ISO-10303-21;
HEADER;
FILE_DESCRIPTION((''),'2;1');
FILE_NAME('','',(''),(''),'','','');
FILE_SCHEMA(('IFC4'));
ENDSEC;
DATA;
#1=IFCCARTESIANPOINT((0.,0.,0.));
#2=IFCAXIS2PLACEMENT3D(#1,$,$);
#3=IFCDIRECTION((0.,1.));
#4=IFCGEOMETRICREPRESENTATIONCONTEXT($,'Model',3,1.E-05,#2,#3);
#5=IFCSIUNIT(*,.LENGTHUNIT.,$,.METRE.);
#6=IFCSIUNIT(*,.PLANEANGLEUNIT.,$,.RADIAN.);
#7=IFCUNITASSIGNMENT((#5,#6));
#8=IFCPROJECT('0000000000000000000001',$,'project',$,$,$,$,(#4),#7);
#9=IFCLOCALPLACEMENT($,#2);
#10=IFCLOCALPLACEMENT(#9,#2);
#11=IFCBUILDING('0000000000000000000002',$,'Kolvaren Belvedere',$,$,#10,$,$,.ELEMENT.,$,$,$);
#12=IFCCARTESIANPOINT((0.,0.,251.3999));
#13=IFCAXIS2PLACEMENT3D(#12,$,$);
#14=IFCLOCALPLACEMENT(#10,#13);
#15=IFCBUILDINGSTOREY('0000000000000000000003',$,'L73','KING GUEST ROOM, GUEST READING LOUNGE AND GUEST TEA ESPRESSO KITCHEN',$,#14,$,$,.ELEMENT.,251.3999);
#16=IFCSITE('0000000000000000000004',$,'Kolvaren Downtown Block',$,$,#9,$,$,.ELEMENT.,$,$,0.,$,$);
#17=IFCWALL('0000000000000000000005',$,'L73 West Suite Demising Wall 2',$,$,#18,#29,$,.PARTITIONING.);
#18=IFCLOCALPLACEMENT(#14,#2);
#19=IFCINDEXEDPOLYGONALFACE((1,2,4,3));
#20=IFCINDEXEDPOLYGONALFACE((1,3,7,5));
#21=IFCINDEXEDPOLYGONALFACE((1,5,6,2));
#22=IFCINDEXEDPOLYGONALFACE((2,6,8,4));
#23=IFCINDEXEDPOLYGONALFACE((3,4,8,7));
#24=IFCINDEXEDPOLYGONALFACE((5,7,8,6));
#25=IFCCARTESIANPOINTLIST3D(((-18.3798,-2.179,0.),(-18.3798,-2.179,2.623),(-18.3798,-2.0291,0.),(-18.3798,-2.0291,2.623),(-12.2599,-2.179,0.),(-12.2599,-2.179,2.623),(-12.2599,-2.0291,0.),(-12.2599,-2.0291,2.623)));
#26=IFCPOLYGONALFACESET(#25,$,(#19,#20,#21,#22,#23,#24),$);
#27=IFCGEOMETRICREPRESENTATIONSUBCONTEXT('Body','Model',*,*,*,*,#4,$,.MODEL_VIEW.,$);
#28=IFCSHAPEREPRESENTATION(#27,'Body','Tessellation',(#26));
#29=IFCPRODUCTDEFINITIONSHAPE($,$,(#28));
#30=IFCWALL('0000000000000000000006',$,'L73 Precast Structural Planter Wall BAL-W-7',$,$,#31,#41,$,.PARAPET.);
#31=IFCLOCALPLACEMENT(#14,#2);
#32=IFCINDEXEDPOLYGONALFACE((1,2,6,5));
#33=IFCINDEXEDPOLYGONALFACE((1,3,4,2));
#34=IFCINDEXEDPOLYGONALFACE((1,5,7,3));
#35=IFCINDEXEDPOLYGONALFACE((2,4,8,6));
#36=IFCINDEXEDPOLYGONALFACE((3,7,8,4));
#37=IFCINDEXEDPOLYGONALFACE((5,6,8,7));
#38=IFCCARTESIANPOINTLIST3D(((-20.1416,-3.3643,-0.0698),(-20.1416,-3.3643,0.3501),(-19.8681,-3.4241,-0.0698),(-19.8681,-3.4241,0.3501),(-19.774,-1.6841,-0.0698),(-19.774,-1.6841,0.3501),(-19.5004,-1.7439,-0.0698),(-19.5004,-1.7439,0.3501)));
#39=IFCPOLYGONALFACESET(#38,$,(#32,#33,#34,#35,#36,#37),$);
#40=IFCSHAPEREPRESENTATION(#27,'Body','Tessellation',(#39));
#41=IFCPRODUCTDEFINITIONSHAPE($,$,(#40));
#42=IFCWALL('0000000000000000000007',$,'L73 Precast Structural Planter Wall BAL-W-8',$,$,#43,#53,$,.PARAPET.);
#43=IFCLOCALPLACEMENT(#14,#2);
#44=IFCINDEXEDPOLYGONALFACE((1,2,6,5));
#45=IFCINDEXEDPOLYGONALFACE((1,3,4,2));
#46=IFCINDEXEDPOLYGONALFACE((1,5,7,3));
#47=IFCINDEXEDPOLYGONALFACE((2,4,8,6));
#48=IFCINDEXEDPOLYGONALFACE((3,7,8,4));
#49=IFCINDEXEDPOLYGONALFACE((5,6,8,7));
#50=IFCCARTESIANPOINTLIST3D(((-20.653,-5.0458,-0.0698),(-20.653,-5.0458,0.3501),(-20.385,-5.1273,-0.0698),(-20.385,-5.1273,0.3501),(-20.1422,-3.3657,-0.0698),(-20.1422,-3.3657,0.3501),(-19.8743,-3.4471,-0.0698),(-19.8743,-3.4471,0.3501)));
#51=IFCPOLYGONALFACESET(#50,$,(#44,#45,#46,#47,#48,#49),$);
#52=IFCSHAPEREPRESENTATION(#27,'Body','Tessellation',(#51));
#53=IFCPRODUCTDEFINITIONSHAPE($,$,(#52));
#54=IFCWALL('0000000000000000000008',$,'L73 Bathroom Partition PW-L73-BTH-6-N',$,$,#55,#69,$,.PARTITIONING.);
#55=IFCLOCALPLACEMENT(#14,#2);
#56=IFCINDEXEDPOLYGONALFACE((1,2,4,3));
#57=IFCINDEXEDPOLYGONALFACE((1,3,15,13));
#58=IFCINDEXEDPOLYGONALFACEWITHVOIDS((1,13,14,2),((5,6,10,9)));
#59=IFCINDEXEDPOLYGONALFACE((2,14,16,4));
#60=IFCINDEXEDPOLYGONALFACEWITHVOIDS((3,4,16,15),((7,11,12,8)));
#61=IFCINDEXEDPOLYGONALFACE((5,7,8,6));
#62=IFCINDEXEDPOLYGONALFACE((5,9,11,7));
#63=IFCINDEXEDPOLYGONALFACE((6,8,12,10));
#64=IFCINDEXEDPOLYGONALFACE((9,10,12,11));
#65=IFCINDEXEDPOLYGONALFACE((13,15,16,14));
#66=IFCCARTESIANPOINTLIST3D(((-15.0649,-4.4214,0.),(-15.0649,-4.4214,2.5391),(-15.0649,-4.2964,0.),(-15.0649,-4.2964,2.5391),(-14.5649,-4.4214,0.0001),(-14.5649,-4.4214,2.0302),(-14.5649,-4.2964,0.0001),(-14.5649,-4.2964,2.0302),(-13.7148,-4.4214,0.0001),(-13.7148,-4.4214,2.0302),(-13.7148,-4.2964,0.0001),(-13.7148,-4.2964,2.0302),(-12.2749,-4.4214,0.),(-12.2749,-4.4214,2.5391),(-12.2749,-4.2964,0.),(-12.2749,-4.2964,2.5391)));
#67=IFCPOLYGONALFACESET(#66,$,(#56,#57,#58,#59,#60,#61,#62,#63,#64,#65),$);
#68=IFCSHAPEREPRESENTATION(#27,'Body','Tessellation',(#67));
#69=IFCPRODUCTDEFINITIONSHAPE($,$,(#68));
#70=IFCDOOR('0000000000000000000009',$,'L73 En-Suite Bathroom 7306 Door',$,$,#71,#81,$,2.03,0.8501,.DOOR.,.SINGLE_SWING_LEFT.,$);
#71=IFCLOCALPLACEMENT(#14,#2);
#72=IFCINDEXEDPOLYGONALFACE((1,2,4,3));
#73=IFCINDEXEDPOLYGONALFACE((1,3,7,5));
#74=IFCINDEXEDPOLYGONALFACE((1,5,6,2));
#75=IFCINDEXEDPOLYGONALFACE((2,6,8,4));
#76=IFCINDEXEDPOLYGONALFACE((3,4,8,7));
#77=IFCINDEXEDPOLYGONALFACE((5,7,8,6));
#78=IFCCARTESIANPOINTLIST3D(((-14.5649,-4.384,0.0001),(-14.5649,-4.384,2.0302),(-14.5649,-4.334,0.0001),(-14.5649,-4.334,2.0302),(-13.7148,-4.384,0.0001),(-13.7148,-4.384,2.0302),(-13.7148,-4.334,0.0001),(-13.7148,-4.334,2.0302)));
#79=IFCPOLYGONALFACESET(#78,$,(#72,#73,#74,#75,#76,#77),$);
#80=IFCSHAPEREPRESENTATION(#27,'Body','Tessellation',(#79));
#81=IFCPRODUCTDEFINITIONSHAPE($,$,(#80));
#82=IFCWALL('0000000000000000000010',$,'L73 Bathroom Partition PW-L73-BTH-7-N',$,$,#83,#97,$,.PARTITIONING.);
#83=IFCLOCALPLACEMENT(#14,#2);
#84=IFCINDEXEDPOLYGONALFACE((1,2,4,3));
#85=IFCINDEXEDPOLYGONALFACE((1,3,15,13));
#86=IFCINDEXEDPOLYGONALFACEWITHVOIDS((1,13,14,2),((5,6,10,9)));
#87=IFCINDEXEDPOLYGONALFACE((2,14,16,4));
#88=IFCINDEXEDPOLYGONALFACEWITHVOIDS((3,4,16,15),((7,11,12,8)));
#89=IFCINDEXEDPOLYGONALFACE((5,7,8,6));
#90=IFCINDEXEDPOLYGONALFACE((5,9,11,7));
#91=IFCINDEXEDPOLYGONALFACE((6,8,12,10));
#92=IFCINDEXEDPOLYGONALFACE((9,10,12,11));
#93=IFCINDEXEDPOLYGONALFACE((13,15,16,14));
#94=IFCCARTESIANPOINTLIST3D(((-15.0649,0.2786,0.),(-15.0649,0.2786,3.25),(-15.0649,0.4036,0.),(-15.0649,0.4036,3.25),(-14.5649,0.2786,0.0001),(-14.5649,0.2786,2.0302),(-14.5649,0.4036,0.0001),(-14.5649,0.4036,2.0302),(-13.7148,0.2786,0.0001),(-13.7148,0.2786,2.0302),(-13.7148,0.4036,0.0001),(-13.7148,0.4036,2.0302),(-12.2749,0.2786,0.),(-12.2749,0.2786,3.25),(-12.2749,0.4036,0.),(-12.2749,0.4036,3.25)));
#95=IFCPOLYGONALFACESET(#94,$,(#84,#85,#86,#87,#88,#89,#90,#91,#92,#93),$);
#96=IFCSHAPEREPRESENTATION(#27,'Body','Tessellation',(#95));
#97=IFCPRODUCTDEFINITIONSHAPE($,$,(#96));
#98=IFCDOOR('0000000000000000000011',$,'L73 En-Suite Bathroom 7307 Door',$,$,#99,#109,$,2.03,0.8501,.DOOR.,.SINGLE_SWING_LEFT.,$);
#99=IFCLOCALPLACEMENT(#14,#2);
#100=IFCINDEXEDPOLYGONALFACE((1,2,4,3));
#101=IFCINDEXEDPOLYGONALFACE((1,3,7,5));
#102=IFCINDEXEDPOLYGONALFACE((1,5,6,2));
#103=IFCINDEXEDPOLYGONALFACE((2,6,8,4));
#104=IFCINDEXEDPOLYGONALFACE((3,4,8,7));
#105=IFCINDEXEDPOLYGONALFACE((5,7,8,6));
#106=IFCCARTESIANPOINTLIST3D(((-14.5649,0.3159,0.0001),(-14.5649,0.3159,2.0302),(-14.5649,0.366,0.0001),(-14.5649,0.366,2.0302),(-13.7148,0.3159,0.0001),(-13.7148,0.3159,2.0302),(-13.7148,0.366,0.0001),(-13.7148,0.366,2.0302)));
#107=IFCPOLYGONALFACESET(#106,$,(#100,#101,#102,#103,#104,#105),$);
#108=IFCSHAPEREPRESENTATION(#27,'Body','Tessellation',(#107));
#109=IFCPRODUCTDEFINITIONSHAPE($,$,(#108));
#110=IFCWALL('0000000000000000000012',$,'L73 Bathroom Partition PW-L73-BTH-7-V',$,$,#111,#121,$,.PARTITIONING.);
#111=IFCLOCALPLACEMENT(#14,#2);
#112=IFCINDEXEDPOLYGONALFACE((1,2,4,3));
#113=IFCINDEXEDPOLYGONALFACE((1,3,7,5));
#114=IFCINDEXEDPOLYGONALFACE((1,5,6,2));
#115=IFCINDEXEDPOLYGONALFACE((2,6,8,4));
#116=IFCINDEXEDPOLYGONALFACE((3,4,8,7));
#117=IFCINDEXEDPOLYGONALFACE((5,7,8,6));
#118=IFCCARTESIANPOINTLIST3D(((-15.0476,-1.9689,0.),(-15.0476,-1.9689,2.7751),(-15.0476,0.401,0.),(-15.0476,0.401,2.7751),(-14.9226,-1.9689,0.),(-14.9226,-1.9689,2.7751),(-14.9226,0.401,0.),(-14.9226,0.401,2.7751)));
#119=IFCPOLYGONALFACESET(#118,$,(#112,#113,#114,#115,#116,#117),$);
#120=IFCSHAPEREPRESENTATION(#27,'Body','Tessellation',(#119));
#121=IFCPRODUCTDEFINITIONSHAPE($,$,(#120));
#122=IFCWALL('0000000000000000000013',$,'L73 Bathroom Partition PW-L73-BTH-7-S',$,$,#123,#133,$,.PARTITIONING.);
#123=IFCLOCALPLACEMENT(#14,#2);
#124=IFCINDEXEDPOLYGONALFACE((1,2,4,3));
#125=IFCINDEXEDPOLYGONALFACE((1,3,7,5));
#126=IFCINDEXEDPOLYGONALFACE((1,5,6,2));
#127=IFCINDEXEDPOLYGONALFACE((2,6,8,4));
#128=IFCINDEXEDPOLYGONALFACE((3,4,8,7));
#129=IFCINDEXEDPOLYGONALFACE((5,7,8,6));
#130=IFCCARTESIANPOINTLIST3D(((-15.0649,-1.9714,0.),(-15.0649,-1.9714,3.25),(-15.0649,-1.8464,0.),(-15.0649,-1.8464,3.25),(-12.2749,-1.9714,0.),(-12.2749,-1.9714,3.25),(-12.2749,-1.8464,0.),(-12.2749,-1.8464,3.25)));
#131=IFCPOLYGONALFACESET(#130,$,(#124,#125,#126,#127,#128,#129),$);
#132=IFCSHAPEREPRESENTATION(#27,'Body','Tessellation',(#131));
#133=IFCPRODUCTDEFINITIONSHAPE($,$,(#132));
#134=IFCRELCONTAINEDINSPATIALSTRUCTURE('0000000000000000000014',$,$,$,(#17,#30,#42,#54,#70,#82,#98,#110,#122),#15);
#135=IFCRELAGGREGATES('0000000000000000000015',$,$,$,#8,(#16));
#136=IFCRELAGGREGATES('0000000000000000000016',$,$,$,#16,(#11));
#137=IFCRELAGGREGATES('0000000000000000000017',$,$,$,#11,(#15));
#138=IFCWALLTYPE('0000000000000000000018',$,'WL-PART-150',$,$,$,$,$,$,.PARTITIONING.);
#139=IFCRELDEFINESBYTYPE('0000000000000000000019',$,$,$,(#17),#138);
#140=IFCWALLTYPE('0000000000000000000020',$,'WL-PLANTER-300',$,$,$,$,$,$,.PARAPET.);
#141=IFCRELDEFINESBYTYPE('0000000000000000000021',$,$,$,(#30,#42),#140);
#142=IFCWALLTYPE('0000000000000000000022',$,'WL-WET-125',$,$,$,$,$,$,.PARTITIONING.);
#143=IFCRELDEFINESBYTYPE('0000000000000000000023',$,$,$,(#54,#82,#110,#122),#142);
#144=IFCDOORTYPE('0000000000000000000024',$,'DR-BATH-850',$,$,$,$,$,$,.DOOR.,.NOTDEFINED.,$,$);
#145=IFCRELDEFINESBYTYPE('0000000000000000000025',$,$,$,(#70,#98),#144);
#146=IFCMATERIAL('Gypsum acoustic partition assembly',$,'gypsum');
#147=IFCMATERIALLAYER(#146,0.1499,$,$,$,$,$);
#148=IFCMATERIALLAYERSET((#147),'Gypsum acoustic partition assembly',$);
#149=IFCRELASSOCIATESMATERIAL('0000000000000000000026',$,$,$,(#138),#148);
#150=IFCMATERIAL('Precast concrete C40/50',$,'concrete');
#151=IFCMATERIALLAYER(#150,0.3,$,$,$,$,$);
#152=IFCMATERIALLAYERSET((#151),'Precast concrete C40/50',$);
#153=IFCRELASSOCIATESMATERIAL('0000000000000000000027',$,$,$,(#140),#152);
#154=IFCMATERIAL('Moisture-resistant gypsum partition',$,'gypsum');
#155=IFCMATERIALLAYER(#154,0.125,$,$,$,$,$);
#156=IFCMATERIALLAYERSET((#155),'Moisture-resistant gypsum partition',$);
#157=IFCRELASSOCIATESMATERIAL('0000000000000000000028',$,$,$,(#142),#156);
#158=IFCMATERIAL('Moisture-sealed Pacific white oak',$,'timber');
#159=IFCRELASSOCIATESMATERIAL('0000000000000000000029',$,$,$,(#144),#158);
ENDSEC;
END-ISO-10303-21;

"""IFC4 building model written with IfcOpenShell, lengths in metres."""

from ifc_helpers import new_model, si_unit, direction, frame, frame_2d, origin, place, context, subcontext, project, spatial, rectangle, extrude, material, layer, layer_set, type_object, element, fill, save


model = new_model("IFC4")

# Units and contexts
model_context = context("Model", 3, precision=1e-05, world=origin(), true_north=direction((0.0, 1.0)))
body_context = subcontext(model_context, "Body", "Model", "MODEL_VIEW")
ifc_project = project(units=[si_unit("LENGTHUNIT", "METRE"), si_unit("PLANEANGLEUNIT", "RADIAN")], contexts=[model_context])

# Site, building, storey
site_placement = place(None, origin())
site = spatial("IfcSite", under=ifc_project, at=site_placement, Name="Kolvaren Downtown Block", CompositionType="ELEMENT", RefElevation=0.0)
building_placement = place(site_placement, origin())
building = spatial("IfcBuilding", under=site, at=building_placement, Name="Kolvaren Belvedere", CompositionType="ELEMENT")
storey_placement = place(building_placement, frame((0.0, 0.0, 251.3999)))
storey = spatial("IfcBuildingStorey", under=building, at=storey_placement, Name="L73", Description="KING GUEST ROOM, GUEST READING LOUNGE AND GUEST TEA ESPRESSO KITCHEN", CompositionType="ELEMENT", Elevation=251.3999)

# Walls
ifc_material_1 = material(Name="Gypsum acoustic partition assembly", Category="gypsum")
ifc_layer_1 = layer(ifc_material_1, 0.1499)
ifc_layer_set_1 = layer_set([ifc_layer_1], Name="Gypsum acoustic partition assembly")
wall_type_1 = type_object("IfcWallType", Name="WL-PART-150", PredefinedType="PARTITIONING", material=ifc_layer_set_1)
wall_1_placement = place(storey_placement, frame((-18.3799, -2.104, 0.0), z_axis=(0.0, 0.0, 1.0), x_axis=(1.0, 0.0, 0.0)))
element("IfcWall", 1, at=wall_1_placement, inside=storey, type_object=wall_type_1, Name="L73 West Suite Demising Wall 2", PredefinedType="PARTITIONING", context=body_context, shape_type="SweptSolid", body=[
    extrude(rectangle(XDim=6.1199, YDim=0.1499, at=frame_2d((3.0601, 0.0))), origin(), (0.0, 0.0, 1.0), 2.623),
])
ifc_material_2 = material(Name="Precast concrete C40/50", Category="concrete")
ifc_layer_2 = layer(ifc_material_2, 0.3)
ifc_layer_set_2 = layer_set([ifc_layer_2], Name="Precast concrete C40/50")
wall_type_2 = type_object("IfcWallType", Name="WL-PLANTER-300", PredefinedType="PARAPET", material=ifc_layer_set_2)
wall_2_placement = place(storey_placement, frame((-19.6372, -1.7141, -0.0698), z_axis=(0.0, 0.0, 1.0), x_axis=(-0.213773, -0.976883, 0.0)))
element("IfcWall", 2, at=wall_2_placement, inside=storey, type_object=wall_type_2, Name="L73 Precast Structural Planter Wall BAL-W-7", PredefinedType="PARAPET", context=body_context, shape_type="SweptSolid", body=[
    extrude(rectangle(XDim=1.72, YDim=0.28, at=frame_2d((0.8599, 0.0))), origin(), (0.0, 0.0, 1.0), 0.4199),
])
wall_3_placement = place(storey_placement, frame((-20.0083, -3.4065, -0.0698), z_axis=(0.0, 0.0, 1.0), x_axis=(-0.290841, -0.956771, 0.0)))
element("IfcWall", 3, at=wall_3_placement, inside=storey, type_object=wall_type_2, Name="L73 Precast Structural Planter Wall BAL-W-8", PredefinedType="PARAPET", context=body_context, shape_type="SweptSolid", body=[
    extrude(rectangle(XDim=1.7561, YDim=0.28, at=frame_2d((0.8779, 0.0))), origin(), (0.0, 0.0, 1.0), 0.4199),
])

# Walls, openings, doors
ifc_material_3 = material(Name="Moisture-resistant gypsum partition", Category="gypsum")
ifc_layer_3 = layer(ifc_material_3, 0.125)
ifc_layer_set_3 = layer_set([ifc_layer_3], Name="Moisture-resistant gypsum partition")
wall_type_3 = type_object("IfcWallType", Name="WL-WET-125", PredefinedType="PARTITIONING", material=ifc_layer_set_3)
wall_4_placement = place(storey_placement, frame((-15.0649, -4.3589, 0.0), z_axis=(0.0, 0.0, 1.0), x_axis=(1.0, 0.0, 0.0)))
wall_4 = element("IfcWall", 4, at=wall_4_placement, inside=storey, type_object=wall_type_3, Name="L73 Bathroom Partition PW-L73-BTH-6-N", PredefinedType="PARTITIONING", context=body_context, shape_type="SweptSolid", body=[
    extrude(rectangle(XDim=2.79, YDim=0.125, at=frame_2d((1.395, 0.0))), origin(), (0.0, 0.0, 1.0), 2.5391),
])
opening_1_placement = place(wall_4_placement, frame((0.5, 0.0, 0.0)))
opening_1 = element("IfcOpeningElement", 5, at=opening_1_placement, cuts=wall_4, PredefinedType="OPENING", context=body_context, shape_type="SweptSolid", body=[
    extrude(rectangle(XDim=0.8501, YDim=2.03, at=frame_2d((0.425, 1.0151))), frame((0.0, 0.0725, 0.0), z_axis=(0.0, -1.0, 0.0), x_axis=(1.0, 0.0, 0.0)), (0.0, 0.0, 1.0), 0.145),
])
ifc_material_4 = material(Name="Moisture-sealed Pacific white oak", Category="timber")
door_type_1 = type_object("IfcDoorType", Name="DR-BATH-850", OperationType="NOTDEFINED", PredefinedType="DOOR", material=ifc_material_4)
door_1_placement = place(opening_1_placement, origin())
door_1 = element("IfcDoor", 6, at=door_1_placement, inside=storey, type_object=door_type_1, Name="L73 En-Suite Bathroom 7306 Door", OperationType="SINGLE_SWING_LEFT", OverallHeight=2.03, OverallWidth=0.8501, PredefinedType="DOOR", context=body_context, shape_type="SweptSolid", body=[
    extrude(rectangle(XDim=0.8501, YDim=2.03, at=frame_2d((0.425, 1.0151))), frame((0.0, 0.0249, 0.0), z_axis=(0.0, -1.0, 0.0), x_axis=(1.0, 0.0, 0.0)), (0.0, 0.0, 1.0), 0.05),
])
fill(opening_1, door_1)
wall_5_placement = place(storey_placement, frame((-15.0649, 0.3411, 0.0), z_axis=(0.0, 0.0, 1.0), x_axis=(1.0, 0.0, 0.0)))
wall_5 = element("IfcWall", 7, at=wall_5_placement, inside=storey, type_object=wall_type_3, Name="L73 Bathroom Partition PW-L73-BTH-7-N", PredefinedType="PARTITIONING", context=body_context, shape_type="SweptSolid", body=[
    extrude(rectangle(XDim=2.79, YDim=0.125, at=frame_2d((1.395, 0.0))), origin(), (0.0, 0.0, 1.0), 3.25),
])
opening_2_placement = place(wall_5_placement, frame((0.5, 0.0, 0.0)))
opening_2 = element("IfcOpeningElement", 8, at=opening_2_placement, cuts=wall_5, PredefinedType="OPENING", context=body_context, shape_type="SweptSolid", body=[
    extrude(rectangle(XDim=0.8501, YDim=2.03, at=frame_2d((0.425, 1.0151))), frame((0.0, 0.0725, 0.0), z_axis=(0.0, -1.0, 0.0), x_axis=(1.0, 0.0, 0.0)), (0.0, 0.0, 1.0), 0.145),
])
door_2_placement = place(opening_2_placement, origin())
door_2 = element("IfcDoor", 9, at=door_2_placement, inside=storey, type_object=door_type_1, Name="L73 En-Suite Bathroom 7307 Door", OperationType="SINGLE_SWING_LEFT", OverallHeight=2.03, OverallWidth=0.8501, PredefinedType="DOOR", context=body_context, shape_type="SweptSolid", body=[
    extrude(rectangle(XDim=0.8501, YDim=2.03, at=frame_2d((0.425, 1.0151))), frame((0.0, 0.0249, 0.0), z_axis=(0.0, -1.0, 0.0), x_axis=(1.0, 0.0, 0.0)), (0.0, 0.0, 1.0), 0.05),
])
fill(opening_2, door_2)

# Walls
wall_6_placement = place(storey_placement, frame((-14.9851, -1.969, 0.0), z_axis=(0.0, 0.0, 1.0), x_axis=(0.0, 1.0, 0.0)))
element("IfcWall", 10, at=wall_6_placement, inside=storey, type_object=wall_type_3, Name="L73 Bathroom Partition PW-L73-BTH-7-V", PredefinedType="PARTITIONING", context=body_context, shape_type="SweptSolid", body=[
    extrude(rectangle(XDim=2.3699, YDim=0.125, at=frame_2d((1.1851, 0.0))), origin(), (0.0, 0.0, 1.0), 2.7751),
])
wall_7_placement = place(storey_placement, frame((-15.0649, -1.9089, 0.0), z_axis=(0.0, 0.0, 1.0), x_axis=(1.0, 0.0, 0.0)))
element("IfcWall", 11, at=wall_7_placement, inside=storey, type_object=wall_type_3, Name="L73 Bathroom Partition PW-L73-BTH-7-S", PredefinedType="PARTITIONING", context=body_context, shape_type="SweptSolid", body=[
    extrude(rectangle(XDim=2.79, YDim=0.125, at=frame_2d((1.395, 0.0))), origin(), (0.0, 0.0, 1.0), 3.25),
])

save(model, "model.ifc")
